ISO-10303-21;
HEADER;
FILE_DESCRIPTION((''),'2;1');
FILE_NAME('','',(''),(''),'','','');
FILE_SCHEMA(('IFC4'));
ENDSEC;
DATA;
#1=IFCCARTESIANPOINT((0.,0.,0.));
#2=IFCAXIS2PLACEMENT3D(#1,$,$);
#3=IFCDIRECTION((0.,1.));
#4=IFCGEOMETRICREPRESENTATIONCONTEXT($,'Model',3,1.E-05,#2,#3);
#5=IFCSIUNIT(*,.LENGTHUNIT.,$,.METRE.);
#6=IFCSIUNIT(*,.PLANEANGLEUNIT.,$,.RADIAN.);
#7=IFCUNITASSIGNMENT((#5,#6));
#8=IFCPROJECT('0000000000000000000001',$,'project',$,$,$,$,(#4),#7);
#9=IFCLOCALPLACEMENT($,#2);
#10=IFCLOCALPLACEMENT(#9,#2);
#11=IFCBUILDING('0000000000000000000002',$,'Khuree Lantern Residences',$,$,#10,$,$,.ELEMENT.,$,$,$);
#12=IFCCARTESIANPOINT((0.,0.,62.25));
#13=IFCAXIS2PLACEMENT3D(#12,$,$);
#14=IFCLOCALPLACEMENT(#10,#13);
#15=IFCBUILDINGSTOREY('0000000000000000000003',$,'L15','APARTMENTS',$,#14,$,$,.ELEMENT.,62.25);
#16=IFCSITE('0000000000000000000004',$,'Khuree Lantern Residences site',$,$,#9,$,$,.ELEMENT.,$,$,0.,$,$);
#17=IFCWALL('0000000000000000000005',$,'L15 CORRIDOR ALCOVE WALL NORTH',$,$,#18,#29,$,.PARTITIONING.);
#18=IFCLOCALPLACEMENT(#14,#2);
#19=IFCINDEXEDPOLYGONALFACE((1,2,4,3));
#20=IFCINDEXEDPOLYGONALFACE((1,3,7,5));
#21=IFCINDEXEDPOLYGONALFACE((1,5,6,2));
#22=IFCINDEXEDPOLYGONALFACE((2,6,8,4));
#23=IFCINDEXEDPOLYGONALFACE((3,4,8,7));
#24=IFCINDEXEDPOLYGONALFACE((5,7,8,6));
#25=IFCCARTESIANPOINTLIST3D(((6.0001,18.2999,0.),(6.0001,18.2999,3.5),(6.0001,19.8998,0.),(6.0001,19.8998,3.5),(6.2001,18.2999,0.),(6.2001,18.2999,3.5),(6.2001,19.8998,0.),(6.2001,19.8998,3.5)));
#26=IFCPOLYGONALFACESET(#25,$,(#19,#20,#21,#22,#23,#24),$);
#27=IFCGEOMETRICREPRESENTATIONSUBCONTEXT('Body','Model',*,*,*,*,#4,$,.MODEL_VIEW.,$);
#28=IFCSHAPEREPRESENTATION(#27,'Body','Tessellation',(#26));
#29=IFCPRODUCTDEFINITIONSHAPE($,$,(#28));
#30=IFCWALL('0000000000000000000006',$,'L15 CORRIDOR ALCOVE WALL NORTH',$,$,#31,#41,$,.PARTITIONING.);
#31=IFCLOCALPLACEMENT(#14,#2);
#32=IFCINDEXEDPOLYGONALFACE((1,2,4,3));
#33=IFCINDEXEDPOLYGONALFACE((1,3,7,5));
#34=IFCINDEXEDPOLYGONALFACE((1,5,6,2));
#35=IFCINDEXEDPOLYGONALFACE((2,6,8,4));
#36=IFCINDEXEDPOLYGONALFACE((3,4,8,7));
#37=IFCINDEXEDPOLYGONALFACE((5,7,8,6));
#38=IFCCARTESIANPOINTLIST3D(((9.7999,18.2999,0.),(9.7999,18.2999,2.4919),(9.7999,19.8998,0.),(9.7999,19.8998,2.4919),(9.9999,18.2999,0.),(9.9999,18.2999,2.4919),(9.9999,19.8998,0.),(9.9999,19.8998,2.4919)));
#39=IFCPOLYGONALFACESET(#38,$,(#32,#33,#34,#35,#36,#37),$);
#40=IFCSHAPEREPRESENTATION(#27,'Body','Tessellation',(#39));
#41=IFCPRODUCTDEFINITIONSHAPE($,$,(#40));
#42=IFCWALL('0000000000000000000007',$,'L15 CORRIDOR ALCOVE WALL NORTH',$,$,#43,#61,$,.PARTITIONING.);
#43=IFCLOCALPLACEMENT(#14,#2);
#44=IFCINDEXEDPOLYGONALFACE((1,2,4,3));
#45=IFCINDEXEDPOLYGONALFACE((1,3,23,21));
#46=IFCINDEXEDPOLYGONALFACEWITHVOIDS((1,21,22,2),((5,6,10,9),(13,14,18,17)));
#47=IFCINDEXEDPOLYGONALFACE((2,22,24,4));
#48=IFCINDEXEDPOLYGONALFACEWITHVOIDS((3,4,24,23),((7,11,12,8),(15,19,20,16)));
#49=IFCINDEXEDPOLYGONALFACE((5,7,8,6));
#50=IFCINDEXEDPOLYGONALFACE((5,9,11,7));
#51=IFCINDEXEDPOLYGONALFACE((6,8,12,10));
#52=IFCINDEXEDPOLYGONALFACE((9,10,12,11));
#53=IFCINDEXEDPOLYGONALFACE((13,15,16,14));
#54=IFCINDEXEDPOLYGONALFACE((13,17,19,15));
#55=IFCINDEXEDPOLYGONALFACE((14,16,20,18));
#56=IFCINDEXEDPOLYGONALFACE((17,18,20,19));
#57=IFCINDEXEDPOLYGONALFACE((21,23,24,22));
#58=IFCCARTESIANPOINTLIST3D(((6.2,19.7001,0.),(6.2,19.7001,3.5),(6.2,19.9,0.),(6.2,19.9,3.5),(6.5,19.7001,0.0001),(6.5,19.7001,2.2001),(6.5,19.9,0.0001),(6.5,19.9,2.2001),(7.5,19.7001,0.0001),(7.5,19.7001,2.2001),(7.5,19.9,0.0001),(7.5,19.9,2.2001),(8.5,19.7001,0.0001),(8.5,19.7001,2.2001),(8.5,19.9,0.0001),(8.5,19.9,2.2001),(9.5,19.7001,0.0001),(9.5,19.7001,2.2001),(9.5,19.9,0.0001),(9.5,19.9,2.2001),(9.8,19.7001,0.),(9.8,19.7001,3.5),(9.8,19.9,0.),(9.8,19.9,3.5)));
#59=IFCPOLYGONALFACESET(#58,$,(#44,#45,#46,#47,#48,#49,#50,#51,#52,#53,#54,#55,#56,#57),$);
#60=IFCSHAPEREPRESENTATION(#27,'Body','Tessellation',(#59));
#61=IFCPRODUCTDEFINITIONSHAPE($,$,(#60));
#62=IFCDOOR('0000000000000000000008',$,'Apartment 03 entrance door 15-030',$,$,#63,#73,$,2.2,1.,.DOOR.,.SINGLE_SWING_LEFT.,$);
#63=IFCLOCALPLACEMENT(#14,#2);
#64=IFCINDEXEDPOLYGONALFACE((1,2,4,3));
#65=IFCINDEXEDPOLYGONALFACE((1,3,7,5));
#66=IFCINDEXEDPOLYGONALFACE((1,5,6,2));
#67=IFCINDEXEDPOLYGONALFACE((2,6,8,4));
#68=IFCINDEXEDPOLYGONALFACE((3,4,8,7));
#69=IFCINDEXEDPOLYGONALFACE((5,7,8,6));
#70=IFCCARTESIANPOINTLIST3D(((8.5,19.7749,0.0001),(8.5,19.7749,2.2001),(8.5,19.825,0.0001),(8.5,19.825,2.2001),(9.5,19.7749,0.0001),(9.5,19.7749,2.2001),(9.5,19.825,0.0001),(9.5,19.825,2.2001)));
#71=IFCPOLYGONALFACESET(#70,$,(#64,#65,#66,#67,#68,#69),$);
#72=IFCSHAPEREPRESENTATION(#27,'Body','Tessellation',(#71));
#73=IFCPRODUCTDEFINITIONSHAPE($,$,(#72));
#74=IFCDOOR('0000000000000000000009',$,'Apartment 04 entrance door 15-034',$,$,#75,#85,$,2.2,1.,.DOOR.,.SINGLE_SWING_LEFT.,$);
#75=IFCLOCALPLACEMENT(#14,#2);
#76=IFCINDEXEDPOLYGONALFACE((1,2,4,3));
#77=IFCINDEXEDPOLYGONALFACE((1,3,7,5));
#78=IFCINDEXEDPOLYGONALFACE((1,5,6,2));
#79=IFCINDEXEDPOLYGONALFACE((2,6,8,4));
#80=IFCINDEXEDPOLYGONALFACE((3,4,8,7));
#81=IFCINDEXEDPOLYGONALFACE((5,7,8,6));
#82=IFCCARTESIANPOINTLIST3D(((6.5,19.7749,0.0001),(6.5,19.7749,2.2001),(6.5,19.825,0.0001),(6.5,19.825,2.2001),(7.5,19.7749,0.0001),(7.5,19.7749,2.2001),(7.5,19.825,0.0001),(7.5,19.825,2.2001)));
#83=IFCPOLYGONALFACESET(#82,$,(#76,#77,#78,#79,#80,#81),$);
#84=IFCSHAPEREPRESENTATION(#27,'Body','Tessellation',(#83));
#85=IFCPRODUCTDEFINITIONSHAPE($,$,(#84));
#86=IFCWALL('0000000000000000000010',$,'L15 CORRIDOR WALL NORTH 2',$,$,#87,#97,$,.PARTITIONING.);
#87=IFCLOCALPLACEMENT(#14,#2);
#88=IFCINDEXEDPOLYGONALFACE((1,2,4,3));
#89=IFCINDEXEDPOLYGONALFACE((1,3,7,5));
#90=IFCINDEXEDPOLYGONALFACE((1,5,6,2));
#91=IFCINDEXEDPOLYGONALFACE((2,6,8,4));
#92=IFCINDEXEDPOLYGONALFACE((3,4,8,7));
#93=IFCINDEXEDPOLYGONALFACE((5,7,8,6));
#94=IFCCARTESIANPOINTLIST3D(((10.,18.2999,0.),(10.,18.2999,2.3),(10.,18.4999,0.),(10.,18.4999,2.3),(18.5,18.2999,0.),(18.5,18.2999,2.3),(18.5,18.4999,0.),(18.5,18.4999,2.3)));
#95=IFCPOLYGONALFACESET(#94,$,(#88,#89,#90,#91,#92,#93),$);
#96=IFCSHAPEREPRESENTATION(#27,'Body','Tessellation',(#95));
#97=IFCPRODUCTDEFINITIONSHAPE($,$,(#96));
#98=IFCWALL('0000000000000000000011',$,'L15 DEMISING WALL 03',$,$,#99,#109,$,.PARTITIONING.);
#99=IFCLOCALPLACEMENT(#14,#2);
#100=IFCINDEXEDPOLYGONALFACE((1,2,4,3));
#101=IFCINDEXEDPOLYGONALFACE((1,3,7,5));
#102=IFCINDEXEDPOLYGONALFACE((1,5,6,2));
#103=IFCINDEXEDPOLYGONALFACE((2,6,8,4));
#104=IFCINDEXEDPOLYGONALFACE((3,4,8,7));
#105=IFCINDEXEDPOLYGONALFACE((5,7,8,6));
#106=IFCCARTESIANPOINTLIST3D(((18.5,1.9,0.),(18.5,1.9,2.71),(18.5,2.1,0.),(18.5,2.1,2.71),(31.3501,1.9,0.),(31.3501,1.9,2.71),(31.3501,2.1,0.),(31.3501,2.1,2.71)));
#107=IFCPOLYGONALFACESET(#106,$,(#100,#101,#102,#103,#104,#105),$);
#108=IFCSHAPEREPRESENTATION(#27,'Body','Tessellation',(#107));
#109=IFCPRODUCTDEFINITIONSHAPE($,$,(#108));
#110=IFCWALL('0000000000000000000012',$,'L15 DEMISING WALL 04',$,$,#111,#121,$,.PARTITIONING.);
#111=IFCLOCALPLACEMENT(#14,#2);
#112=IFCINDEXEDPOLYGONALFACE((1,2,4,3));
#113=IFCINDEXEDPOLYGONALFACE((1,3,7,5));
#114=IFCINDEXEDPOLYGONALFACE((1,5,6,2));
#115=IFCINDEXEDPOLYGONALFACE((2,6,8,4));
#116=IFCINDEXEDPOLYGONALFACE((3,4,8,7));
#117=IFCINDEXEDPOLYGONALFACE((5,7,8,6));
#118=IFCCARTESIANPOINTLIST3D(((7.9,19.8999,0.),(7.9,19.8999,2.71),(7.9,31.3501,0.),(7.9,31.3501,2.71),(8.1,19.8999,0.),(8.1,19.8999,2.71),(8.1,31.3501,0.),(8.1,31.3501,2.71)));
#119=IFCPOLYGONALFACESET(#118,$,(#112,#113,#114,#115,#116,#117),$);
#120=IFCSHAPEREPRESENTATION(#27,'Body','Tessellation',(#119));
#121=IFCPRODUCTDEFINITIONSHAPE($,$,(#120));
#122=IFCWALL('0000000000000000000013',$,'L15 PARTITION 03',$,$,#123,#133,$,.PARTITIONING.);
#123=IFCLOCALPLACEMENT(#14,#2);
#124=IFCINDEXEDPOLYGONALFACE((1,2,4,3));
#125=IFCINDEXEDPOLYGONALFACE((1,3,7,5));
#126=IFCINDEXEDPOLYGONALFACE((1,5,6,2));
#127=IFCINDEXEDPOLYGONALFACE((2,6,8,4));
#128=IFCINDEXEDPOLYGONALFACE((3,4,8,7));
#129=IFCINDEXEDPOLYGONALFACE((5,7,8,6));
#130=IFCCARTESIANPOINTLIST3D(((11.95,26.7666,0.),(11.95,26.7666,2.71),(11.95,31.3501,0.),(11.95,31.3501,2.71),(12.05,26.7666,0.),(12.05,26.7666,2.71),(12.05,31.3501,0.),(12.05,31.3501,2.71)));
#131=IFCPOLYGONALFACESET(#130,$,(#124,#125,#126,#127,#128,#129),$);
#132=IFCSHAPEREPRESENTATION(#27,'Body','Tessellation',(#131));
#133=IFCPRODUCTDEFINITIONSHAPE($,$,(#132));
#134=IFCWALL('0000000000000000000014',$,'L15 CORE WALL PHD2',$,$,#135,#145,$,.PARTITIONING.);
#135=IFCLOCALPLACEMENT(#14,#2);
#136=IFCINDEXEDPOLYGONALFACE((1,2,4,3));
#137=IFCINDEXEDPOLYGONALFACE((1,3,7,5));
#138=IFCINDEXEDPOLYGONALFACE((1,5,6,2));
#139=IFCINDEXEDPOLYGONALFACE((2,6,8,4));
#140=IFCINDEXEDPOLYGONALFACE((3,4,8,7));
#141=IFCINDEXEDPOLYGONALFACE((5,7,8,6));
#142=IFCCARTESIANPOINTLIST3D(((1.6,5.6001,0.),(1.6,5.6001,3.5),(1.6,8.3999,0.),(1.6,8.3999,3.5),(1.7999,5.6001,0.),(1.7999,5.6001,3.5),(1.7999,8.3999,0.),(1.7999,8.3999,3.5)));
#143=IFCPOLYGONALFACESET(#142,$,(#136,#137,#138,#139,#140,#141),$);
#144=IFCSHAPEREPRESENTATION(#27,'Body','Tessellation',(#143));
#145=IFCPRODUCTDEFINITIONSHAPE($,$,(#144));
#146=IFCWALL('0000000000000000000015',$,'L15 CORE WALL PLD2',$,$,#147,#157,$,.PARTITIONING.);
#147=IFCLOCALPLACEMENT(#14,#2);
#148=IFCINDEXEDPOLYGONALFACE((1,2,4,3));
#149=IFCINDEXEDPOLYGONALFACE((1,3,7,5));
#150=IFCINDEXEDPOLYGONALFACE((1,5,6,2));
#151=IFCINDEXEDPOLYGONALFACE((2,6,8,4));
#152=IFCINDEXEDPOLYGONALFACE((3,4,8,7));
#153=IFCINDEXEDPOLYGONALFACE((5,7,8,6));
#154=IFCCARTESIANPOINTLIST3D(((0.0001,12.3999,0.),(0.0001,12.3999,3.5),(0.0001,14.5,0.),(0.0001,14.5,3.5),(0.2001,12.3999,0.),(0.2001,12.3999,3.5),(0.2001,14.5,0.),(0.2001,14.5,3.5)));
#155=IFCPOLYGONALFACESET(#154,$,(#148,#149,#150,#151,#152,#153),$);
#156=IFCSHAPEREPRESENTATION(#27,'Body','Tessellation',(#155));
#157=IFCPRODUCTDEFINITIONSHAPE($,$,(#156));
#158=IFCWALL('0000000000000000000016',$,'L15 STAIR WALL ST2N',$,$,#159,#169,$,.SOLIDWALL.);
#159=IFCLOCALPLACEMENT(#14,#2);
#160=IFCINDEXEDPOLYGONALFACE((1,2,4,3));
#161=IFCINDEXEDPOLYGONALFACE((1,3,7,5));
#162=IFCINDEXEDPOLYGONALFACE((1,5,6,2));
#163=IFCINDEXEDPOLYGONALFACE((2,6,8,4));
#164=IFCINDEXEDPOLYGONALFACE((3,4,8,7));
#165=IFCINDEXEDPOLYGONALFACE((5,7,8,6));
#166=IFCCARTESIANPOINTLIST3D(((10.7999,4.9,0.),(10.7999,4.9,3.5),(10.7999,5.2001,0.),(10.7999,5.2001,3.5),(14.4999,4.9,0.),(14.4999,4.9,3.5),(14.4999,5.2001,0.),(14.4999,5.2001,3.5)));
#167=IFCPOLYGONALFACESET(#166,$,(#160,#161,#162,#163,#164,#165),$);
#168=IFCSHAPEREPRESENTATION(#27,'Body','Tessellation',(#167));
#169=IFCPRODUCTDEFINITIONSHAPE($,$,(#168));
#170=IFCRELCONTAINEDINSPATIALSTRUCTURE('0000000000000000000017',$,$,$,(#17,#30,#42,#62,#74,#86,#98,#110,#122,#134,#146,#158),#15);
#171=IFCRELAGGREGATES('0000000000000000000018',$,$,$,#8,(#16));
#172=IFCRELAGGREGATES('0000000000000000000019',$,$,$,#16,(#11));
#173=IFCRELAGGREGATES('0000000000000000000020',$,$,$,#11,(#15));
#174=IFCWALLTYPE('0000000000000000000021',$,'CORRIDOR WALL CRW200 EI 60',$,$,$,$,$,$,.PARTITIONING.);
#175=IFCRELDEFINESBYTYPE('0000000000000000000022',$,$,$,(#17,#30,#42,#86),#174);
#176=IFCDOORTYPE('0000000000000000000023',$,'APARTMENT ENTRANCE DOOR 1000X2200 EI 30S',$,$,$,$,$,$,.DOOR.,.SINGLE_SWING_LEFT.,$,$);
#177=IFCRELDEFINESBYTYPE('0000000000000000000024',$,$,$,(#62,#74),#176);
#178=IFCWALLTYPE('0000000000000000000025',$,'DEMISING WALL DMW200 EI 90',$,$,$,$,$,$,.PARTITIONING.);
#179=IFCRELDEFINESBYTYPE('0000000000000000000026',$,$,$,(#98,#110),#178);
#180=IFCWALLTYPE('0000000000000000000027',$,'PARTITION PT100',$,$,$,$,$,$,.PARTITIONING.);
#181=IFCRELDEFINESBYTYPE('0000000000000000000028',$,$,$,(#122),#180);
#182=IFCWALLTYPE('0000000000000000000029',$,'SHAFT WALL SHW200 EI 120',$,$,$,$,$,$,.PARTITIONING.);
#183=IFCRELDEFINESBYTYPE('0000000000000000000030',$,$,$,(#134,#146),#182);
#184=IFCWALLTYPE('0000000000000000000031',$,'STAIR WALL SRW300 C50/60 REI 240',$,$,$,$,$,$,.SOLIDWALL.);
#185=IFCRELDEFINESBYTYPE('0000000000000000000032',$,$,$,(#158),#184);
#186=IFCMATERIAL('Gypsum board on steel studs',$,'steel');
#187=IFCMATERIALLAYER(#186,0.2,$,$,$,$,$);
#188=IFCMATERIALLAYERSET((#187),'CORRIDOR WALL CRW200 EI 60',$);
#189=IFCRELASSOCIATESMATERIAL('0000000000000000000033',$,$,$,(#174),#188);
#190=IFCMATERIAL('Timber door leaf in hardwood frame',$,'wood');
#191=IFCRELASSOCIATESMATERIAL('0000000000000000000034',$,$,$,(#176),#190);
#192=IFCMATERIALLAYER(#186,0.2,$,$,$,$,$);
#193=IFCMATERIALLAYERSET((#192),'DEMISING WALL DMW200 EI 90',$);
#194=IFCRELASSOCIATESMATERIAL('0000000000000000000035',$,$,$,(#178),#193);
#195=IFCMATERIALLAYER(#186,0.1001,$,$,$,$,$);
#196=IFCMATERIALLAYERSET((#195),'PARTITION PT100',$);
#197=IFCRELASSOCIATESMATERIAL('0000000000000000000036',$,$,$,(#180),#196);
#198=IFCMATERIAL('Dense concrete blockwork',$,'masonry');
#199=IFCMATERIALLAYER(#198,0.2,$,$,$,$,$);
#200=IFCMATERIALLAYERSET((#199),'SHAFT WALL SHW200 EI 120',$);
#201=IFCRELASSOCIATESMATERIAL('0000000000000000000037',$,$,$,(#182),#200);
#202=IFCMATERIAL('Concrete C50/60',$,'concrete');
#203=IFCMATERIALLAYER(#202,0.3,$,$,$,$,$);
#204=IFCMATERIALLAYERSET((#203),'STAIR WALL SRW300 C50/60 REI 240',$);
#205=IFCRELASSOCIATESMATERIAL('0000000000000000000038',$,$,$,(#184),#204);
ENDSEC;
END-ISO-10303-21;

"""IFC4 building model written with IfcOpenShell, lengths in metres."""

from ifc_helpers import new_model, si_unit, direction, frame, frame_2d, origin, place, context, subcontext, project, spatial, rectangle, extrude, material, layer, layer_set, type_object, element, fill, save


model = new_model("IFC4")

# Units and contexts
model_context = context("Model", 3, precision=1e-05, world=origin(), true_north=direction((0.0, 1.0)))
body_context = subcontext(model_context, "Body", "Model", "MODEL_VIEW")
ifc_project = project(units=[si_unit("LENGTHUNIT", "METRE"), si_unit("PLANEANGLEUNIT", "RADIAN")], contexts=[model_context])

# Site, building, storey
site_placement = place(None, origin())
site = spatial("IfcSite", under=ifc_project, at=site_placement, Name="Khuree Lantern Residences site", CompositionType="ELEMENT", RefElevation=0.0)
building_placement = place(site_placement, origin())
building = spatial("IfcBuilding", under=site, at=building_placement, Name="Khuree Lantern Residences", CompositionType="ELEMENT")
storey_placement = place(building_placement, frame((0.0, 0.0, 62.25)))
storey = spatial("IfcBuildingStorey", under=building, at=storey_placement, Name="L15", Description="APARTMENTS", CompositionType="ELEMENT", Elevation=62.25)

# Shared definitions
ifc_material_1 = material(Name="Timber door leaf in hardwood frame", Category="wood")

# Walls
ifc_material_2 = material(Name="Dense concrete blockwork", Category="masonry")
ifc_material_3 = material(Name="Gypsum board on steel studs", Category="steel")
ifc_layer_1 = layer(ifc_material_3, 0.2)
ifc_layer_set_1 = layer_set([ifc_layer_1], Name="CORRIDOR WALL CRW200 EI 60")
wall_type_1 = type_object("IfcWallType", Name="CORRIDOR WALL CRW200 EI 60", PredefinedType="PARTITIONING", material=ifc_layer_set_1)
wall_1_placement = place(storey_placement, frame((6.1001, 18.3, 0.0), z_axis=(0.0, 0.0, 1.0), x_axis=(0.0, 1.0, 0.0)))
element("IfcWall", 1, at=wall_1_placement, inside=storey, type_object=wall_type_1, Name="L15 CORRIDOR ALCOVE WALL NORTH", PredefinedType="PARTITIONING", context=body_context, shape_type="SweptSolid", body=[
    extrude(rectangle(XDim=1.5999, YDim=0.2, at=frame_2d((0.7998, 0.0))), origin(), (0.0, 0.0, 1.0), 3.5),
])
wall_2_placement = place(storey_placement, frame((9.8999, 18.3, 0.0), z_axis=(0.0, 0.0, 1.0), x_axis=(0.0, 1.0, 0.0)))
element("IfcWall", 2, at=wall_2_placement, inside=storey, type_object=wall_type_1, Name="L15 CORRIDOR ALCOVE WALL NORTH", PredefinedType="PARTITIONING", context=body_context, shape_type="SweptSolid", body=[
    extrude(rectangle(XDim=1.5999, YDim=0.2, at=frame_2d((0.7998, 0.0))), origin(), (0.0, 0.0, 1.0), 2.4919),
])

# Wall, openings, doors
wall_3_placement = place(storey_placement, frame((6.2, 19.8, 0.0), z_axis=(0.0, 0.0, 1.0), x_axis=(1.0, 0.0, 0.0)))
wall_3 = element("IfcWall", 3, at=wall_3_placement, inside=storey, type_object=wall_type_1, Name="L15 CORRIDOR ALCOVE WALL NORTH", PredefinedType="PARTITIONING", context=body_context, shape_type="SweptSolid", body=[
    extrude(rectangle(XDim=3.6001, YDim=0.2, at=frame_2d((1.8, 0.0))), origin(), (0.0, 0.0, 1.0), 3.5),
])
opening_1_placement = place(wall_3_placement, frame((2.3, 0.0, 0.0)))
opening_1 = element("IfcOpeningElement", 4, at=opening_1_placement, cuts=wall_3, PredefinedType="OPENING", context=body_context, shape_type="SweptSolid", body=[
    extrude(rectangle(XDim=1.0, YDim=2.2, at=frame_2d((0.5, 1.1001))), frame((0.0, 0.1099, 0.0), z_axis=(0.0, -1.0, 0.0), x_axis=(1.0, 0.0, 0.0)), (0.0, 0.0, 1.0), 0.22),
])
opening_2_placement = place(wall_3_placement, frame((0.3, 0.0, 0.0)))
opening_2 = element("IfcOpeningElement", 5, at=opening_2_placement, cuts=wall_3, PredefinedType="OPENING", context=body_context, shape_type="SweptSolid", body=[
    extrude(rectangle(XDim=1.0, YDim=2.2, at=frame_2d((0.5, 1.1001))), frame((0.0, 0.1099, 0.0), z_axis=(0.0, -1.0, 0.0), x_axis=(1.0, 0.0, 0.0)), (0.0, 0.0, 1.0), 0.22),
])
door_type_1 = type_object("IfcDoorType", Name="APARTMENT ENTRANCE DOOR 1000X2200 EI 30S", OperationType="SINGLE_SWING_LEFT", PredefinedType="DOOR", material=ifc_material_1)
door_1_placement = place(opening_1_placement, origin())
door_1 = element("IfcDoor", 6, at=door_1_placement, inside=storey, type_object=door_type_1, Name="Apartment 03 entrance door 15-030", OperationType="SINGLE_SWING_LEFT", OverallHeight=2.2, OverallWidth=1.0, PredefinedType="DOOR", context=body_context, shape_type="SweptSolid", body=[
    extrude(rectangle(XDim=1.0, YDim=2.2, at=frame_2d((0.5, 1.1001))), frame((0.0, 0.0249, 0.0), z_axis=(0.0, -1.0, 0.0), x_axis=(1.0, 0.0, 0.0)), (0.0, 0.0, 1.0), 0.05),
])
fill(opening_1, door_1)
door_2_placement = place(opening_2_placement, origin())
door_2 = element("IfcDoor", 7, at=door_2_placement, inside=storey, type_object=door_type_1, Name="Apartment 04 entrance door 15-034", OperationType="SINGLE_SWING_LEFT", OverallHeight=2.2, OverallWidth=1.0, PredefinedType="DOOR", context=body_context, shape_type="SweptSolid", body=[
    extrude(rectangle(XDim=1.0, YDim=2.2, at=frame_2d((0.5, 1.1001))), frame((0.0, 0.0249, 0.0), z_axis=(0.0, -1.0, 0.0), x_axis=(1.0, 0.0, 0.0)), (0.0, 0.0, 1.0), 0.05),
])
fill(opening_2, door_2)

# Walls
wall_4_placement = place(storey_placement, frame((10.0, 18.3999, 0.0), z_axis=(0.0, 0.0, 1.0), x_axis=(1.0, 0.0, 0.0)))
element("IfcWall", 8, at=wall_4_placement, inside=storey, type_object=wall_type_1, Name="L15 CORRIDOR WALL NORTH 2", PredefinedType="PARTITIONING", context=body_context, shape_type="SweptSolid", body=[
    extrude(rectangle(XDim=8.5, YDim=0.2, at=frame_2d((4.25, 0.0))), origin(), (0.0, 0.0, 1.0), 2.3),
])
ifc_layer_2 = layer(ifc_material_3, 0.2)
ifc_layer_set_2 = layer_set([ifc_layer_2], Name="DEMISING WALL DMW200 EI 90")
wall_type_2 = type_object("IfcWallType", Name="DEMISING WALL DMW200 EI 90", PredefinedType="PARTITIONING", material=ifc_layer_set_2)
wall_5_placement = place(storey_placement, frame((18.5, 2.0, 0.0), z_axis=(0.0, 0.0, 1.0), x_axis=(1.0, 0.0, 0.0)))
element("IfcWall", 9, at=wall_5_placement, inside=storey, type_object=wall_type_2, Name="L15 DEMISING WALL 03", PredefinedType="PARTITIONING", context=body_context, shape_type="SweptSolid", body=[
    extrude(rectangle(XDim=12.8501, YDim=0.2, at=frame_2d((6.425, 0.0))), origin(), (0.0, 0.0, 1.0), 2.71),
])
wall_6_placement = place(storey_placement, frame((8.0, 19.8999, 0.0), z_axis=(0.0, 0.0, 1.0), x_axis=(0.0, 1.0, 0.0)))
element("IfcWall", 10, at=wall_6_placement, inside=storey, type_object=wall_type_2, Name="L15 DEMISING WALL 04", PredefinedType="PARTITIONING", context=body_context, shape_type="SweptSolid", body=[
    extrude(rectangle(XDim=11.4502, YDim=0.2, at=frame_2d((5.7251, 0.0))), origin(), (0.0, 0.0, 1.0), 2.71),
])
ifc_layer_3 = layer(ifc_material_3, 0.1001)
ifc_layer_set_3 = layer_set([ifc_layer_3], Name="PARTITION PT100")
wall_type_3 = type_object("IfcWallType", Name="PARTITION PT100", PredefinedType="PARTITIONING", material=ifc_layer_set_3)
wall_7_placement = place(storey_placement, frame((12.0, 26.7666, 0.0), z_axis=(0.0, 0.0, 1.0), x_axis=(0.0, 1.0, 0.0)))
element("IfcWall", 11, at=wall_7_placement, inside=storey, type_object=wall_type_3, Name="L15 PARTITION 03", PredefinedType="PARTITIONING", context=body_context, shape_type="SweptSolid", body=[
    extrude(rectangle(XDim=4.5835, YDim=0.1001, at=frame_2d((2.2917, 0.0))), origin(), (0.0, 0.0, 1.0), 2.71),
])
ifc_layer_4 = layer(ifc_material_2, 0.2)
ifc_layer_set_4 = layer_set([ifc_layer_4], Name="SHAFT WALL SHW200 EI 120")
wall_type_4 = type_object("IfcWallType", Name="SHAFT WALL SHW200 EI 120", PredefinedType="PARTITIONING", material=ifc_layer_set_4)
wall_8_placement = place(storey_placement, frame((1.7, 5.6001, 0.0), z_axis=(0.0, 0.0, 1.0), x_axis=(0.0, 1.0, 0.0)))
element("IfcWall", 12, at=wall_8_placement, inside=storey, type_object=wall_type_4, Name="L15 CORE WALL PHD2", PredefinedType="PARTITIONING", context=body_context, shape_type="SweptSolid", body=[
    extrude(rectangle(XDim=2.7998, YDim=0.2, at=frame_2d((1.3999, 0.0))), origin(), (0.0, 0.0, 1.0), 3.5),
])
wall_9_placement = place(storey_placement, frame((0.1001, 12.3999, 0.0), z_axis=(0.0, 0.0, 1.0), x_axis=(0.0, 1.0, 0.0)))
element("IfcWall", 13, at=wall_9_placement, inside=storey, type_object=wall_type_4, Name="L15 CORE WALL PLD2", PredefinedType="PARTITIONING", context=body_context, shape_type="SweptSolid", body=[
    extrude(rectangle(XDim=2.1001, YDim=0.2, at=frame_2d((1.05, 0.0))), origin(), (0.0, 0.0, 1.0), 3.5),
])
ifc_material_4 = material(Name="Concrete C50/60", Category="concrete")
ifc_layer_5 = layer(ifc_material_4, 0.3)
ifc_layer_set_5 = layer_set([ifc_layer_5], Name="STAIR WALL SRW300 C50/60 REI 240")
wall_type_5 = type_object("IfcWallType", Name="STAIR WALL SRW300 C50/60 REI 240", PredefinedType="SOLIDWALL", material=ifc_layer_set_5)
wall_10_placement = place(storey_placement, frame((14.5, 5.05, 0.0), z_axis=(0.0, 0.0, 1.0), x_axis=(-1.0, 0.0, 0.0)))
element("IfcWall", 14, at=wall_10_placement, inside=storey, type_object=wall_type_5, Name="L15 STAIR WALL ST2N", PredefinedType="SOLIDWALL", context=body_context, shape_type="SweptSolid", body=[
    extrude(rectangle(XDim=3.7, YDim=0.3, at=frame_2d((1.8501, 0.0))), origin(), (0.0, 0.0, 1.0), 3.5),
])

save(model, "model.ifc")
